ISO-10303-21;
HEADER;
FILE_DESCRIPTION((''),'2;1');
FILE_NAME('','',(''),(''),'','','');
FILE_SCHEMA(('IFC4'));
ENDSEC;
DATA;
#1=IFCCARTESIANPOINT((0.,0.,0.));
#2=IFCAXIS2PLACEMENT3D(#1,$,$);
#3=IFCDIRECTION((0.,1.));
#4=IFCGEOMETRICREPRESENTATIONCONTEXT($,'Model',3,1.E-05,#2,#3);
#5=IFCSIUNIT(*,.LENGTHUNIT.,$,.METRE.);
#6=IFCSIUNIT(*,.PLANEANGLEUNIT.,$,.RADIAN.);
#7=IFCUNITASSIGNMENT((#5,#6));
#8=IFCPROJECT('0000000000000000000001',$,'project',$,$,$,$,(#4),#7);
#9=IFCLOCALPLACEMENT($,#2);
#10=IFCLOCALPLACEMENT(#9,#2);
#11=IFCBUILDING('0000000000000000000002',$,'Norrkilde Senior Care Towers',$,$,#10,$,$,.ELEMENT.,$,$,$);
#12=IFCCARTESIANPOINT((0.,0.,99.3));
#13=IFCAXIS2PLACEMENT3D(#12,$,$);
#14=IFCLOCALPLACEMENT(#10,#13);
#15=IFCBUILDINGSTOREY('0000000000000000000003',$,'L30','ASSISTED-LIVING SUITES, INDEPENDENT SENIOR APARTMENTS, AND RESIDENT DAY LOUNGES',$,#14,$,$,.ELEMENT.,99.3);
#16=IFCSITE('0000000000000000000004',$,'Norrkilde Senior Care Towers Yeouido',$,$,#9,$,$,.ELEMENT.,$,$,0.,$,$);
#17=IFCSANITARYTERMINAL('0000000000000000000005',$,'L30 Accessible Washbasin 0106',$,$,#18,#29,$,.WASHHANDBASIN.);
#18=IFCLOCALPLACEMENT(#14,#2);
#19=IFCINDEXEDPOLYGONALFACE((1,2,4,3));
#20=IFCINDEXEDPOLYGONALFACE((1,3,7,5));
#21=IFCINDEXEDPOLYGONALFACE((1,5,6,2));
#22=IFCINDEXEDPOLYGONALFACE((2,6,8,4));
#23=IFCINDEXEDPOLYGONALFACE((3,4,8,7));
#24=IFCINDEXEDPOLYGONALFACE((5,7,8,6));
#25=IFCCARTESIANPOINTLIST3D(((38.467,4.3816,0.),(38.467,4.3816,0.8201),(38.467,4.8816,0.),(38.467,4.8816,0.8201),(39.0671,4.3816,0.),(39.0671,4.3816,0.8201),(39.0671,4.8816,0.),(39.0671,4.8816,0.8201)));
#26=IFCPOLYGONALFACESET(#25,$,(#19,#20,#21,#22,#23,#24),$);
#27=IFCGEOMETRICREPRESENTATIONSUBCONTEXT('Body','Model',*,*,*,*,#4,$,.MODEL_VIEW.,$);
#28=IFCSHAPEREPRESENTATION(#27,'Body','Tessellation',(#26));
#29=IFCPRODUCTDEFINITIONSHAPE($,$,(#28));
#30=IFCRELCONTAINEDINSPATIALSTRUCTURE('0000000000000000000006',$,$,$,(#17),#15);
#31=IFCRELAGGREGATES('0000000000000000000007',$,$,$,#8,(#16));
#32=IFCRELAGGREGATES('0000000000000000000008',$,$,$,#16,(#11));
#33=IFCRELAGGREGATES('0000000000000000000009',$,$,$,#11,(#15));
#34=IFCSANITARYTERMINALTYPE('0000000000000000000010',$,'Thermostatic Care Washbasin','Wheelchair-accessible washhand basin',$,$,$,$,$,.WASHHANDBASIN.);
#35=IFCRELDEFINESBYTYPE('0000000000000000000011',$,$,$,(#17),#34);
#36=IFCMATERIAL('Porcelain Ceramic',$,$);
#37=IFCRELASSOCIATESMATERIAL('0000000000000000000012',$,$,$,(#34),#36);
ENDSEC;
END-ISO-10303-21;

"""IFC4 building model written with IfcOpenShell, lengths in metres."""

from ifc_helpers import new_model, si_unit, direction, frame, origin, origin_2d, place, context, subcontext, project, spatial, rectangle, extrude, source, transform, mapped, material, type_object, type_shapes, element, save


model = new_model("IFC4")

# Units and contexts
model_context = context("Model", 3, precision=1e-05, world=origin(), true_north=direction((0.0, 1.0)))
body_context = subcontext(model_context, "Body", "Model", "MODEL_VIEW")
ifc_project = project(units=[si_unit("LENGTHUNIT", "METRE"), si_unit("PLANEANGLEUNIT", "RADIAN")], contexts=[model_context])

# Site, building, storey
site_placement = place(None, origin())
site = spatial("IfcSite", under=ifc_project, at=site_placement, Name="Norrkilde Senior Care Towers Yeouido", CompositionType="ELEMENT", RefElevation=0.0)
building_placement = place(site_placement, origin())
building = spatial("IfcBuilding", under=site, at=building_placement, Name="Norrkilde Senior Care Towers", CompositionType="ELEMENT")
storey_placement = place(building_placement, frame((0.0, 0.0, 99.3)))
storey = spatial("IfcBuildingStorey", under=building, at=storey_placement, Name="L30", Description="ASSISTED-LIVING SUITES, INDEPENDENT SENIOR APARTMENTS, AND RESIDENT DAY LOUNGES", CompositionType="ELEMENT", Elevation=99.3)

# Sanitary terminal
ifc_material_1 = material(Name="Porcelain Ceramic")
sanitary_terminal_type_1 = type_object("IfcSanitaryTerminalType", Name="Thermostatic Care Washbasin", Description="Wheelchair-accessible washhand basin", PredefinedType="WASHHANDBASIN", material=ifc_material_1)
shared_shape_1 = source(origin(), body_context, "Body", "SweptSolid", [
    extrude(rectangle(XDim=0.6001, YDim=0.5, at=origin_2d()), origin(), (0.0, 0.0, 1.0), 0.8201),
])
type_shapes(sanitary_terminal_type_1, [shared_shape_1])
sanitary_terminal_1_placement = place(storey_placement, frame((38.7671, 4.6316, 0.0), z_axis=(0.0, 0.0, 1.0), x_axis=(1.0, 0.0, 0.0)))
element("IfcSanitaryTerminal", 1, at=sanitary_terminal_1_placement, inside=storey, type_object=sanitary_terminal_type_1, Name="L30 Accessible Washbasin 0106", PredefinedType="WASHHANDBASIN", context=body_context, shape_type="MappedRepresentation", body=[
    mapped(shared_shape_1, transform((0.0, 0.0, 0.0), x_axis=(1.0, 0.0, 0.0), y_axis=(0.0, 1.0, 0.0), z_axis=(0.0, 0.0, 1.0), scale=1.0)),
])

save(model, "model.ifc")
